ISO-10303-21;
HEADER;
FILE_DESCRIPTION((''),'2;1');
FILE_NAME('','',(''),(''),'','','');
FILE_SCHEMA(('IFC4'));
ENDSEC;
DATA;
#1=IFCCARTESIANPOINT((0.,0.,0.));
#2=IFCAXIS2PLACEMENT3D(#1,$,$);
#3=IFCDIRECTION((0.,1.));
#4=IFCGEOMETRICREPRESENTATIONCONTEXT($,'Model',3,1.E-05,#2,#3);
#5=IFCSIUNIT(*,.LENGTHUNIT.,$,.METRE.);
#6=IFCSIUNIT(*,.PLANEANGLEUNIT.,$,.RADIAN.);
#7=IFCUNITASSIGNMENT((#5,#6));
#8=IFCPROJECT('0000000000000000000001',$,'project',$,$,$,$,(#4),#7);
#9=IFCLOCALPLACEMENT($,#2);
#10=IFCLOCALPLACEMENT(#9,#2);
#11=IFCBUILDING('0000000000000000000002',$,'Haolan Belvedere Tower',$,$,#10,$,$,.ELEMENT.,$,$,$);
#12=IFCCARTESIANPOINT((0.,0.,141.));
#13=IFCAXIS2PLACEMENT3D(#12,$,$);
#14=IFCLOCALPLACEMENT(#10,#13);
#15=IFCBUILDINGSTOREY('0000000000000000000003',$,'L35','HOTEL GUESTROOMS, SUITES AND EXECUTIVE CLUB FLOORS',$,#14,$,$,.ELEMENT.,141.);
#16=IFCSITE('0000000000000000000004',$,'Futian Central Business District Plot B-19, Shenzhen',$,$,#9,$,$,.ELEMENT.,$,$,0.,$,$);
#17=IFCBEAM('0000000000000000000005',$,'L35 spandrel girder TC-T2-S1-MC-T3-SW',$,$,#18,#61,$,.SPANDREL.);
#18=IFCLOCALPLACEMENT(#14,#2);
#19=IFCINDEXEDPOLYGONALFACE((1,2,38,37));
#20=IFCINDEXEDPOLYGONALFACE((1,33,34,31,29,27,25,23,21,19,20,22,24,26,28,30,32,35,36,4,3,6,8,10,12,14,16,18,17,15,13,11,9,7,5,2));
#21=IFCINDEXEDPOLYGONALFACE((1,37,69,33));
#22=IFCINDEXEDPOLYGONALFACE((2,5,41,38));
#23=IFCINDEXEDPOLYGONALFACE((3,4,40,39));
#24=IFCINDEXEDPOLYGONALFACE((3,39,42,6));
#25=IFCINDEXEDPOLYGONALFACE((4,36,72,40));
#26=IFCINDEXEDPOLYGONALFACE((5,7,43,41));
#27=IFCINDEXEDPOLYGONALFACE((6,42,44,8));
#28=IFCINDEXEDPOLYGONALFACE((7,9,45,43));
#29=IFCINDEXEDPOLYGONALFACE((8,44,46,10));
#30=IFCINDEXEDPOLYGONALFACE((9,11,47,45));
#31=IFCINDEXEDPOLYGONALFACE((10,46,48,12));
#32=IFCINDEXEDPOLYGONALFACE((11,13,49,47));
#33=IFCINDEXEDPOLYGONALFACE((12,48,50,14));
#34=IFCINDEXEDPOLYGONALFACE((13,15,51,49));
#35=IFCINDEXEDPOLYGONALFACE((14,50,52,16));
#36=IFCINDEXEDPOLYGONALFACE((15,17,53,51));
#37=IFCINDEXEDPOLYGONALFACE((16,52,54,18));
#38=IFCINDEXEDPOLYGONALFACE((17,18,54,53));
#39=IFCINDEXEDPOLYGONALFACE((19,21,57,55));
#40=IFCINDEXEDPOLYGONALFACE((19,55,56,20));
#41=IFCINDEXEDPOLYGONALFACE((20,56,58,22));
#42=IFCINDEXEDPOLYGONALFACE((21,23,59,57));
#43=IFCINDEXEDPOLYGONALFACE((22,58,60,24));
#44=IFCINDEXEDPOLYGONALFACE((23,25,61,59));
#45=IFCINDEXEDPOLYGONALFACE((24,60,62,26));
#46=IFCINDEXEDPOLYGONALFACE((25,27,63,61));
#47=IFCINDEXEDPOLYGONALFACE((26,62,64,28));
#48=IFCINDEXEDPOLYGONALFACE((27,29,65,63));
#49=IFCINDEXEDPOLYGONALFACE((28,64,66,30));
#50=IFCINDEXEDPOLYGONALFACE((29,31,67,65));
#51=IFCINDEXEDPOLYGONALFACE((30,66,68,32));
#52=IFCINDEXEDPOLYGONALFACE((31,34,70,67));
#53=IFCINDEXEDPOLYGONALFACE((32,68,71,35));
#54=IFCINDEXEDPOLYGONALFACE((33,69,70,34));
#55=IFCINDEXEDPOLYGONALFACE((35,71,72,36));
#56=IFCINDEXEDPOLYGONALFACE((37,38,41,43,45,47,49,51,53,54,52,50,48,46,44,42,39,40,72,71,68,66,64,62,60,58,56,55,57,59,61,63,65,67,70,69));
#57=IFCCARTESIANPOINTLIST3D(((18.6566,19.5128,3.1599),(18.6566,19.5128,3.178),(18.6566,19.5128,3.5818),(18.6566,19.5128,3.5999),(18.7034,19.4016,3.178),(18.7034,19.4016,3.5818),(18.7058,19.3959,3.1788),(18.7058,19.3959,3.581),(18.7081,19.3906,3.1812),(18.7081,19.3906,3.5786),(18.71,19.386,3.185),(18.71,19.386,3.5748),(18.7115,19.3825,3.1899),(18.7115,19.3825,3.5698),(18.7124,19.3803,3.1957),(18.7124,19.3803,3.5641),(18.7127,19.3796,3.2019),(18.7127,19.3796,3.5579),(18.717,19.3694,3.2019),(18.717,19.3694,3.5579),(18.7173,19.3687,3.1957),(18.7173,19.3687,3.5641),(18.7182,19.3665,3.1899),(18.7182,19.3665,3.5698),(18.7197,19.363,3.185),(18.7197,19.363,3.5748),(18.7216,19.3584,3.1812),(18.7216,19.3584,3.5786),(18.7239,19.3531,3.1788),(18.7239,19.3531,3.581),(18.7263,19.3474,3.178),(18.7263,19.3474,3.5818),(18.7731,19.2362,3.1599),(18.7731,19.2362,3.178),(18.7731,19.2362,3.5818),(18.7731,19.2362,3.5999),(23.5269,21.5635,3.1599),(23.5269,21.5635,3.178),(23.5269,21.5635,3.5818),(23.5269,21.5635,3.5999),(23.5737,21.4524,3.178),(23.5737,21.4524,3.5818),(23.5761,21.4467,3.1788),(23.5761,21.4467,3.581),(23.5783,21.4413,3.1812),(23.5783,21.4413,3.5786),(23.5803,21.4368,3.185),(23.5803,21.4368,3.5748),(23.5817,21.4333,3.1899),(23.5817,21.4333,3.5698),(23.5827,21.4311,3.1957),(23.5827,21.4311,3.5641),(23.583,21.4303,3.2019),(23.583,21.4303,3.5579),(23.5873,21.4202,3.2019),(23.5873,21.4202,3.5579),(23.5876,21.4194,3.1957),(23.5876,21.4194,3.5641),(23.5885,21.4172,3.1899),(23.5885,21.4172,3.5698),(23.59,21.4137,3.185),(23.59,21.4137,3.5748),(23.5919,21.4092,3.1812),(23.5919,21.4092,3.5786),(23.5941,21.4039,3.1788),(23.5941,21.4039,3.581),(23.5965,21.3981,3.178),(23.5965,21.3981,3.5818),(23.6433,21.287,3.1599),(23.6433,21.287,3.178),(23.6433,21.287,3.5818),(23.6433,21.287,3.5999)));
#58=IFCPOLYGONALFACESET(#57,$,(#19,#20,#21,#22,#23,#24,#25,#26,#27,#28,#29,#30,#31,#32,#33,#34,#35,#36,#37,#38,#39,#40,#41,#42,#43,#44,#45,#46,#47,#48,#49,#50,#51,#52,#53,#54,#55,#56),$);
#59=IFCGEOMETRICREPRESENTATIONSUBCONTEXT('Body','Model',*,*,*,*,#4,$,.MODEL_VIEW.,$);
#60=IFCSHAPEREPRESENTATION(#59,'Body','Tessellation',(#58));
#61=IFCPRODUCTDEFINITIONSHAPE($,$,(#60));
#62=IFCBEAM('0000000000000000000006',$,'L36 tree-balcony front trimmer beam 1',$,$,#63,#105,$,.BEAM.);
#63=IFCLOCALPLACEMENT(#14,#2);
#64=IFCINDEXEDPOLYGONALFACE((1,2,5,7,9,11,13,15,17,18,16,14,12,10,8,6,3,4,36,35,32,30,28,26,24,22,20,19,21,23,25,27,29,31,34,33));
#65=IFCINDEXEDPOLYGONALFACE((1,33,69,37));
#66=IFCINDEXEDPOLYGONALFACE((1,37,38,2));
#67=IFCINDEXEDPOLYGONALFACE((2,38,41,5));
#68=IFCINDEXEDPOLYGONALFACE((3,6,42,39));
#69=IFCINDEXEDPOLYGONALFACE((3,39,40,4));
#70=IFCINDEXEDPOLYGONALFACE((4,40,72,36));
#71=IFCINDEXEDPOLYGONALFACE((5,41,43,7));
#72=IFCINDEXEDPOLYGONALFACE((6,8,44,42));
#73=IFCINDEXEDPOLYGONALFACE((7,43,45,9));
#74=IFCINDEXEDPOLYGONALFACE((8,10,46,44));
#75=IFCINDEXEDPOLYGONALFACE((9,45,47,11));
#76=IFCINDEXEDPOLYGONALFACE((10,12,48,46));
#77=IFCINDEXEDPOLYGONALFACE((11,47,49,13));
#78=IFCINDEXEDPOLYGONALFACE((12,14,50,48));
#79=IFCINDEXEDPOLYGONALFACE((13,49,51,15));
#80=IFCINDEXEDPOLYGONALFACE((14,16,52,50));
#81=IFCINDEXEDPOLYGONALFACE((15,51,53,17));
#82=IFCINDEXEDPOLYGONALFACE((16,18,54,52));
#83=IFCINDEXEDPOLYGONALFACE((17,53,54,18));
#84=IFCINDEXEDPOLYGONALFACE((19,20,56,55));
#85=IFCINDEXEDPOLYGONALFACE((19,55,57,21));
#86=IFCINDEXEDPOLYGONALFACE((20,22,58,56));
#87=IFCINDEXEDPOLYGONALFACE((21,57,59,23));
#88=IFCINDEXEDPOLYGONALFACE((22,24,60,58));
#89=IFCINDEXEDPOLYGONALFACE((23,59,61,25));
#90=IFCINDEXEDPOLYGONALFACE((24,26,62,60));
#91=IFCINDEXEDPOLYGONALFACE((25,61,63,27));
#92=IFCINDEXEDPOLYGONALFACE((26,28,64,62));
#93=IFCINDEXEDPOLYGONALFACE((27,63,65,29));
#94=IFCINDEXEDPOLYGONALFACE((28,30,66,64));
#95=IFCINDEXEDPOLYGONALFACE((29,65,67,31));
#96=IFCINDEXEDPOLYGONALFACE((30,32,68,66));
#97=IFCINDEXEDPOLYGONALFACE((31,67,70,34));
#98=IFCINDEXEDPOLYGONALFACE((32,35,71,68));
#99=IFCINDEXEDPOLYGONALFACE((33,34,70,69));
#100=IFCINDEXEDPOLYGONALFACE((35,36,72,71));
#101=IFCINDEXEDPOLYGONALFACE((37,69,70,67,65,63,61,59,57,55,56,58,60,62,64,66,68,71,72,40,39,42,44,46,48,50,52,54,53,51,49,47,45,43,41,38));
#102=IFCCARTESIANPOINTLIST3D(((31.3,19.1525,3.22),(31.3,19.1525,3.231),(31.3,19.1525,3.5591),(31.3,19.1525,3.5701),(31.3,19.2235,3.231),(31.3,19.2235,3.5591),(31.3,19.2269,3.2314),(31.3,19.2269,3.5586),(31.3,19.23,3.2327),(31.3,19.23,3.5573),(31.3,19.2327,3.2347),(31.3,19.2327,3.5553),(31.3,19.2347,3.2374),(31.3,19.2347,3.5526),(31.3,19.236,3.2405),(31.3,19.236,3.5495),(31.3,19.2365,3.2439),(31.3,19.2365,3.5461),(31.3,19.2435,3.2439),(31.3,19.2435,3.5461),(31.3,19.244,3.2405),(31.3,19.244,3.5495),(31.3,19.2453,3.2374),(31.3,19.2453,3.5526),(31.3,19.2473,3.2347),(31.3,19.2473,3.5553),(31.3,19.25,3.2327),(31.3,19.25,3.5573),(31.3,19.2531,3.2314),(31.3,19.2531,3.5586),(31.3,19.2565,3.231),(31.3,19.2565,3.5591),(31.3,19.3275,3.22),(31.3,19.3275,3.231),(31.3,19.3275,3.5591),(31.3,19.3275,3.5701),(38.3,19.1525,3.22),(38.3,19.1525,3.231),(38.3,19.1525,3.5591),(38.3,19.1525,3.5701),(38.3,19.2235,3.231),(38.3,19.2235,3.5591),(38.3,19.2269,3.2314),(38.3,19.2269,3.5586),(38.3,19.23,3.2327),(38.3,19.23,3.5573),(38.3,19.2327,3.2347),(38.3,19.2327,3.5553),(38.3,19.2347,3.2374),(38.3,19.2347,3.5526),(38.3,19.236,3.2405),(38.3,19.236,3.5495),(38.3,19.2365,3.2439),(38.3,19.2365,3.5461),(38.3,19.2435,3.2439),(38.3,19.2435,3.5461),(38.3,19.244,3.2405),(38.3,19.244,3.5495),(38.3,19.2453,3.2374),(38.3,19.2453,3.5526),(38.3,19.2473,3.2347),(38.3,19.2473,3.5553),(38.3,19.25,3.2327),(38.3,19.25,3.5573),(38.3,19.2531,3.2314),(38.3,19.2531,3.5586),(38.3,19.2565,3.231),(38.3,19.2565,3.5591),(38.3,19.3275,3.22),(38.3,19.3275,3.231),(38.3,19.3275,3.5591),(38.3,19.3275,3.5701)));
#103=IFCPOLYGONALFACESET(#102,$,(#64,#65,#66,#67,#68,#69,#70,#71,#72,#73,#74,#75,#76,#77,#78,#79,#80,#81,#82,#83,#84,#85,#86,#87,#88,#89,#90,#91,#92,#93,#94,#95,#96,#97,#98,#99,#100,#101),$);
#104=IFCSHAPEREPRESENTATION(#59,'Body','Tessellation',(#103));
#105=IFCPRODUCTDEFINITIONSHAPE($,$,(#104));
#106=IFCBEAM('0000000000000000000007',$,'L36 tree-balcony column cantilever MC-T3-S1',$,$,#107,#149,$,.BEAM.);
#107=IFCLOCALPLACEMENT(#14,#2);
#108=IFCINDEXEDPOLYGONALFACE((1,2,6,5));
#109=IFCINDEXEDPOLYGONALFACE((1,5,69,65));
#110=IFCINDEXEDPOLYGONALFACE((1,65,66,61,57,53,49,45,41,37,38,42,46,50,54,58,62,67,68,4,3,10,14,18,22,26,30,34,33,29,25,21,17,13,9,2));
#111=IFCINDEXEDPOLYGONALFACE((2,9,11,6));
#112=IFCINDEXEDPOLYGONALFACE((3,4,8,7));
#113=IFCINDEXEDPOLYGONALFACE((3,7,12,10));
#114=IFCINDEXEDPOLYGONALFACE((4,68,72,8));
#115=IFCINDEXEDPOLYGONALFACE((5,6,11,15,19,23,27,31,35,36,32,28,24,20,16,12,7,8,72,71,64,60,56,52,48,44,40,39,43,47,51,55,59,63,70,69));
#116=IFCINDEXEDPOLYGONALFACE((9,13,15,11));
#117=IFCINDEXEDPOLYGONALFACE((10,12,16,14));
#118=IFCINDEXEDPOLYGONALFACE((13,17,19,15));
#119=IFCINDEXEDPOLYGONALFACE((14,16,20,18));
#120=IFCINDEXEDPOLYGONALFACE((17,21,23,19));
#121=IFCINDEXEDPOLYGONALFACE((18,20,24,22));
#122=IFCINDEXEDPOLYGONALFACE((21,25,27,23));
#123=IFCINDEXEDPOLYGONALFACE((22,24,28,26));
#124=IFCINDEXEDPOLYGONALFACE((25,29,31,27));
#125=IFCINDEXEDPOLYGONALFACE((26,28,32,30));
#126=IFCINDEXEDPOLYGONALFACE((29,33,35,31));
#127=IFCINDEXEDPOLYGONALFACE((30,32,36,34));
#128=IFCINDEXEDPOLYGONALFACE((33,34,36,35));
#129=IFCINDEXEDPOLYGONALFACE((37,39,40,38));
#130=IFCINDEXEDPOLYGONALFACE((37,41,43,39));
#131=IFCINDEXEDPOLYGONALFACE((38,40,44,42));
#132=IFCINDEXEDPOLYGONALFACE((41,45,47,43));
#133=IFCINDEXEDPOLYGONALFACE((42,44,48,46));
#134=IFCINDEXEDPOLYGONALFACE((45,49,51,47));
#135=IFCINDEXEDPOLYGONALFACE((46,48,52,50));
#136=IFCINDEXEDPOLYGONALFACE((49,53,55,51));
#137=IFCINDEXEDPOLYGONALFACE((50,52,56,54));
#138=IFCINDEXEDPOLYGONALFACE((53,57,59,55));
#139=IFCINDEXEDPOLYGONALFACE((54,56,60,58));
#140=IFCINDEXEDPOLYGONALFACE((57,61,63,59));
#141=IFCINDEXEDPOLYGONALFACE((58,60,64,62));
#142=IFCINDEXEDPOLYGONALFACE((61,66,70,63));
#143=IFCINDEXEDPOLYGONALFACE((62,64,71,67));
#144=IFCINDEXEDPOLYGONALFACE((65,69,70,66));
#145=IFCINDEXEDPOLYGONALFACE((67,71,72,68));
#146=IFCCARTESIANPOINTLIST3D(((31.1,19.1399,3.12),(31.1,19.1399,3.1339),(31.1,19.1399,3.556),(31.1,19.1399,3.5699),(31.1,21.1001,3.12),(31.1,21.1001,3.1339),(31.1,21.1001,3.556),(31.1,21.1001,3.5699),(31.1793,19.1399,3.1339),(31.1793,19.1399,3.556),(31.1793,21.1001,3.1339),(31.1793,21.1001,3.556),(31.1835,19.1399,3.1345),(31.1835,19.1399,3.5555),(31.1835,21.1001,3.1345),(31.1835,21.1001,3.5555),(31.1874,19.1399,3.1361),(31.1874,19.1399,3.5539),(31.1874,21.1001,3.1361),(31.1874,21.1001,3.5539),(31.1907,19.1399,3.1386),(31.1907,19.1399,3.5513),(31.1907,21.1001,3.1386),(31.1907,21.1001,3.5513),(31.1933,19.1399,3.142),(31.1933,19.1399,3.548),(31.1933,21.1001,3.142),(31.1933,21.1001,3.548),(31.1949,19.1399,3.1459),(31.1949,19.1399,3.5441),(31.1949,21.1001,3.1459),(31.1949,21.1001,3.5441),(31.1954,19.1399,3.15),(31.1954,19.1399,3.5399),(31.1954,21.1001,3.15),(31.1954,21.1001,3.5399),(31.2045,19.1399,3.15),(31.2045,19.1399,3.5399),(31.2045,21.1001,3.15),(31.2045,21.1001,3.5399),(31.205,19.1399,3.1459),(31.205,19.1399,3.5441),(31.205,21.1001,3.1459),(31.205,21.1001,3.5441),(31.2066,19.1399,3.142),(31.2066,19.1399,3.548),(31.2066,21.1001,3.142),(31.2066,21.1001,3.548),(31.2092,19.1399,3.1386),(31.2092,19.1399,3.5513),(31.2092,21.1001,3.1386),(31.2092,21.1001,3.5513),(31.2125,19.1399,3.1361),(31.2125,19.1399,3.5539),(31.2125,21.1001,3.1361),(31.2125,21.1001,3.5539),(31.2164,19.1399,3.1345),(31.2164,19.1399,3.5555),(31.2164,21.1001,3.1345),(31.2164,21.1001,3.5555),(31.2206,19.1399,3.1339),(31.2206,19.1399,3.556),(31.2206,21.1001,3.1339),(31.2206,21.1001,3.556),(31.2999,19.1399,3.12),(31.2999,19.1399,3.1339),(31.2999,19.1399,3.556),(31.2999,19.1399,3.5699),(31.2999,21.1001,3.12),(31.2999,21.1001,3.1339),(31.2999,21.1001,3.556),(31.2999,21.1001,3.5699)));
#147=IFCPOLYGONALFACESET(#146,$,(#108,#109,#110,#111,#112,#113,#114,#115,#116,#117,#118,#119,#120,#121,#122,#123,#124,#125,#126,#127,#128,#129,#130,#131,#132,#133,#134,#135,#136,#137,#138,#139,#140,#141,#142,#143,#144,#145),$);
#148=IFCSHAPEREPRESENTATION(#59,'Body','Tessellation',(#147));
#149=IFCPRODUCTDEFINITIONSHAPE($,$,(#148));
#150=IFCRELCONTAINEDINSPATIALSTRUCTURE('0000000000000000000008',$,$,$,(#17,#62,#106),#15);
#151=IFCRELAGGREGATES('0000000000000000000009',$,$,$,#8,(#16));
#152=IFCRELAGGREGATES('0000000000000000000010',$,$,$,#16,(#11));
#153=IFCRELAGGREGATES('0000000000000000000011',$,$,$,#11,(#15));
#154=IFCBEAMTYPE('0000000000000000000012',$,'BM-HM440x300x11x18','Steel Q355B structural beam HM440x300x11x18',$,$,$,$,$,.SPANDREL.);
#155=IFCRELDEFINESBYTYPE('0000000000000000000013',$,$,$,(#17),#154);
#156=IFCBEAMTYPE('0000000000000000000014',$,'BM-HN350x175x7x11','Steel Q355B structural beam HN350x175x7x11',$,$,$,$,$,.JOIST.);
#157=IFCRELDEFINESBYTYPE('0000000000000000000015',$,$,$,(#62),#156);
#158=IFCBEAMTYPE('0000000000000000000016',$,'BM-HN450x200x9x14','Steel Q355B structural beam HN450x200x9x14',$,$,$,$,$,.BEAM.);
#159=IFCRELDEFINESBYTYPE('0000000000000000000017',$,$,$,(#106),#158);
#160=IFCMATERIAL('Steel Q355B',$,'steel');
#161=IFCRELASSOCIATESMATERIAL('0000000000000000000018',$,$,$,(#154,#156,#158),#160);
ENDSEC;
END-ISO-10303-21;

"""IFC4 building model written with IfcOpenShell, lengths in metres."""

from ifc_helpers import new_model, si_unit, direction, frame, origin, origin_2d, place, context, subcontext, project, spatial, i_section, extrude, material, material_profile, profile_set, type_object, element, save


model = new_model("IFC4")

# Units and contexts
model_context = context("Model", 3, precision=1e-05, world=origin(), true_north=direction((0.0, 1.0)))
body_context = subcontext(model_context, "Body", "Model", "MODEL_VIEW")
ifc_project = project(units=[si_unit("LENGTHUNIT", "METRE"), si_unit("PLANEANGLEUNIT", "RADIAN")], contexts=[model_context])

# Site, building, storey
site_placement = place(None, origin())
site = spatial("IfcSite", under=ifc_project, at=site_placement, Name="Futian Central Business District Plot B-19, Shenzhen", CompositionType="ELEMENT", RefElevation=0.0)
building_placement = place(site_placement, origin())
building = spatial("IfcBuilding", under=site, at=building_placement, Name="Haolan Belvedere Tower", CompositionType="ELEMENT")
storey_placement = place(building_placement, frame((0.0, 0.0, 141.0)))
storey = spatial("IfcBuildingStorey", under=building, at=storey_placement, Name="L35", Description="HOTEL GUESTROOMS, SUITES AND EXECUTIVE CLUB FLOORS", CompositionType="ELEMENT", Elevation=141.0)

# Beams
ifc_material_1 = material(Name="Steel Q355B", Category="steel")
ifc_material_profile_1 = material_profile(ifc_material_1, i_section(OverallWidth=0.3, OverallDepth=0.4399, WebThickness=0.011, FlangeThickness=0.0181, FilletRadius=0.0239, at=origin_2d()), Name="Steel Q355B")
ifc_profile_set_1 = profile_set([ifc_material_profile_1], Name="Steel Q355B")
beam_type_1 = type_object("IfcBeamType", Name="BM-HM440x300x11x18", Description="Steel Q355B structural beam HM440x300x11x18", PredefinedType="SPANDREL", material=ifc_profile_set_1)
beam_1_placement = place(storey_placement, frame((18.7148, 19.3745, 3.3799), z_axis=(0.921628, 0.388074, 0.0), x_axis=(-0.388074, 0.921628, 0.0)))
element("IfcBeam", 1, at=beam_1_placement, inside=storey, type_object=beam_type_1, Name="L35 spandrel girder TC-T2-S1-MC-T3-SW", PredefinedType="SPANDREL", context=body_context, shape_type="SweptSolid", body=[
    extrude(i_section(OverallWidth=0.3, OverallDepth=0.4399, WebThickness=0.011, FlangeThickness=0.0181, FilletRadius=0.0239, at=origin_2d()), origin(), (0.0, 0.0, 1.0), 5.2844),
])
ifc_material_profile_2 = material_profile(ifc_material_1, i_section(OverallWidth=0.175, OverallDepth=0.3501, WebThickness=0.0071, FlangeThickness=0.011, FilletRadius=0.0129, at=origin_2d()), Name="Steel Q355B")
ifc_profile_set_2 = profile_set([ifc_material_profile_2], Name="Steel Q355B")
beam_type_2 = type_object("IfcBeamType", Name="BM-HN350x175x7x11", Description="Steel Q355B structural beam HN350x175x7x11", PredefinedType="JOIST", material=ifc_profile_set_2)
beam_2_placement = place(storey_placement, frame((31.3, 19.24, 3.395), z_axis=(1.0, 0.0, 0.0), x_axis=(0.0, 1.0, 0.0)))
element("IfcBeam", 2, at=beam_2_placement, inside=storey, type_object=beam_type_2, Name="L36 tree-balcony front trimmer beam 1", PredefinedType="BEAM", context=body_context, shape_type="SweptSolid", body=[
    extrude(i_section(OverallWidth=0.175, OverallDepth=0.3501, WebThickness=0.0071, FlangeThickness=0.011, FilletRadius=0.0129, at=origin_2d()), origin(), (0.0, 0.0, 1.0), 7.0),
])
ifc_material_profile_3 = material_profile(ifc_material_1, i_section(OverallWidth=0.2, OverallDepth=0.45, WebThickness=0.009, FlangeThickness=0.0139, FilletRadius=0.0161, at=origin_2d()), Name="Steel Q355B")
ifc_profile_set_3 = profile_set([ifc_material_profile_3], Name="Steel Q355B")
beam_type_3 = type_object("IfcBeamType", Name="BM-HN450x200x9x14", Description="Steel Q355B structural beam HN450x200x9x14", PredefinedType="BEAM", material=ifc_profile_set_3)
beam_3_placement = place(storey_placement, frame((31.2, 21.1001, 3.345), z_axis=(0.0, -1.0, 0.0), x_axis=(1.0, 0.0, 0.0)))
element("IfcBeam", 3, at=beam_3_placement, inside=storey, type_object=beam_type_3, Name="L36 tree-balcony column cantilever MC-T3-S1", PredefinedType="BEAM", context=body_context, shape_type="SweptSolid", body=[
    extrude(i_section(OverallWidth=0.2, OverallDepth=0.45, WebThickness=0.009, FlangeThickness=0.0139, FilletRadius=0.0161, at=origin_2d()), origin(), (0.0, 0.0, 1.0), 1.9602),
])

save(model, "model.ifc")
